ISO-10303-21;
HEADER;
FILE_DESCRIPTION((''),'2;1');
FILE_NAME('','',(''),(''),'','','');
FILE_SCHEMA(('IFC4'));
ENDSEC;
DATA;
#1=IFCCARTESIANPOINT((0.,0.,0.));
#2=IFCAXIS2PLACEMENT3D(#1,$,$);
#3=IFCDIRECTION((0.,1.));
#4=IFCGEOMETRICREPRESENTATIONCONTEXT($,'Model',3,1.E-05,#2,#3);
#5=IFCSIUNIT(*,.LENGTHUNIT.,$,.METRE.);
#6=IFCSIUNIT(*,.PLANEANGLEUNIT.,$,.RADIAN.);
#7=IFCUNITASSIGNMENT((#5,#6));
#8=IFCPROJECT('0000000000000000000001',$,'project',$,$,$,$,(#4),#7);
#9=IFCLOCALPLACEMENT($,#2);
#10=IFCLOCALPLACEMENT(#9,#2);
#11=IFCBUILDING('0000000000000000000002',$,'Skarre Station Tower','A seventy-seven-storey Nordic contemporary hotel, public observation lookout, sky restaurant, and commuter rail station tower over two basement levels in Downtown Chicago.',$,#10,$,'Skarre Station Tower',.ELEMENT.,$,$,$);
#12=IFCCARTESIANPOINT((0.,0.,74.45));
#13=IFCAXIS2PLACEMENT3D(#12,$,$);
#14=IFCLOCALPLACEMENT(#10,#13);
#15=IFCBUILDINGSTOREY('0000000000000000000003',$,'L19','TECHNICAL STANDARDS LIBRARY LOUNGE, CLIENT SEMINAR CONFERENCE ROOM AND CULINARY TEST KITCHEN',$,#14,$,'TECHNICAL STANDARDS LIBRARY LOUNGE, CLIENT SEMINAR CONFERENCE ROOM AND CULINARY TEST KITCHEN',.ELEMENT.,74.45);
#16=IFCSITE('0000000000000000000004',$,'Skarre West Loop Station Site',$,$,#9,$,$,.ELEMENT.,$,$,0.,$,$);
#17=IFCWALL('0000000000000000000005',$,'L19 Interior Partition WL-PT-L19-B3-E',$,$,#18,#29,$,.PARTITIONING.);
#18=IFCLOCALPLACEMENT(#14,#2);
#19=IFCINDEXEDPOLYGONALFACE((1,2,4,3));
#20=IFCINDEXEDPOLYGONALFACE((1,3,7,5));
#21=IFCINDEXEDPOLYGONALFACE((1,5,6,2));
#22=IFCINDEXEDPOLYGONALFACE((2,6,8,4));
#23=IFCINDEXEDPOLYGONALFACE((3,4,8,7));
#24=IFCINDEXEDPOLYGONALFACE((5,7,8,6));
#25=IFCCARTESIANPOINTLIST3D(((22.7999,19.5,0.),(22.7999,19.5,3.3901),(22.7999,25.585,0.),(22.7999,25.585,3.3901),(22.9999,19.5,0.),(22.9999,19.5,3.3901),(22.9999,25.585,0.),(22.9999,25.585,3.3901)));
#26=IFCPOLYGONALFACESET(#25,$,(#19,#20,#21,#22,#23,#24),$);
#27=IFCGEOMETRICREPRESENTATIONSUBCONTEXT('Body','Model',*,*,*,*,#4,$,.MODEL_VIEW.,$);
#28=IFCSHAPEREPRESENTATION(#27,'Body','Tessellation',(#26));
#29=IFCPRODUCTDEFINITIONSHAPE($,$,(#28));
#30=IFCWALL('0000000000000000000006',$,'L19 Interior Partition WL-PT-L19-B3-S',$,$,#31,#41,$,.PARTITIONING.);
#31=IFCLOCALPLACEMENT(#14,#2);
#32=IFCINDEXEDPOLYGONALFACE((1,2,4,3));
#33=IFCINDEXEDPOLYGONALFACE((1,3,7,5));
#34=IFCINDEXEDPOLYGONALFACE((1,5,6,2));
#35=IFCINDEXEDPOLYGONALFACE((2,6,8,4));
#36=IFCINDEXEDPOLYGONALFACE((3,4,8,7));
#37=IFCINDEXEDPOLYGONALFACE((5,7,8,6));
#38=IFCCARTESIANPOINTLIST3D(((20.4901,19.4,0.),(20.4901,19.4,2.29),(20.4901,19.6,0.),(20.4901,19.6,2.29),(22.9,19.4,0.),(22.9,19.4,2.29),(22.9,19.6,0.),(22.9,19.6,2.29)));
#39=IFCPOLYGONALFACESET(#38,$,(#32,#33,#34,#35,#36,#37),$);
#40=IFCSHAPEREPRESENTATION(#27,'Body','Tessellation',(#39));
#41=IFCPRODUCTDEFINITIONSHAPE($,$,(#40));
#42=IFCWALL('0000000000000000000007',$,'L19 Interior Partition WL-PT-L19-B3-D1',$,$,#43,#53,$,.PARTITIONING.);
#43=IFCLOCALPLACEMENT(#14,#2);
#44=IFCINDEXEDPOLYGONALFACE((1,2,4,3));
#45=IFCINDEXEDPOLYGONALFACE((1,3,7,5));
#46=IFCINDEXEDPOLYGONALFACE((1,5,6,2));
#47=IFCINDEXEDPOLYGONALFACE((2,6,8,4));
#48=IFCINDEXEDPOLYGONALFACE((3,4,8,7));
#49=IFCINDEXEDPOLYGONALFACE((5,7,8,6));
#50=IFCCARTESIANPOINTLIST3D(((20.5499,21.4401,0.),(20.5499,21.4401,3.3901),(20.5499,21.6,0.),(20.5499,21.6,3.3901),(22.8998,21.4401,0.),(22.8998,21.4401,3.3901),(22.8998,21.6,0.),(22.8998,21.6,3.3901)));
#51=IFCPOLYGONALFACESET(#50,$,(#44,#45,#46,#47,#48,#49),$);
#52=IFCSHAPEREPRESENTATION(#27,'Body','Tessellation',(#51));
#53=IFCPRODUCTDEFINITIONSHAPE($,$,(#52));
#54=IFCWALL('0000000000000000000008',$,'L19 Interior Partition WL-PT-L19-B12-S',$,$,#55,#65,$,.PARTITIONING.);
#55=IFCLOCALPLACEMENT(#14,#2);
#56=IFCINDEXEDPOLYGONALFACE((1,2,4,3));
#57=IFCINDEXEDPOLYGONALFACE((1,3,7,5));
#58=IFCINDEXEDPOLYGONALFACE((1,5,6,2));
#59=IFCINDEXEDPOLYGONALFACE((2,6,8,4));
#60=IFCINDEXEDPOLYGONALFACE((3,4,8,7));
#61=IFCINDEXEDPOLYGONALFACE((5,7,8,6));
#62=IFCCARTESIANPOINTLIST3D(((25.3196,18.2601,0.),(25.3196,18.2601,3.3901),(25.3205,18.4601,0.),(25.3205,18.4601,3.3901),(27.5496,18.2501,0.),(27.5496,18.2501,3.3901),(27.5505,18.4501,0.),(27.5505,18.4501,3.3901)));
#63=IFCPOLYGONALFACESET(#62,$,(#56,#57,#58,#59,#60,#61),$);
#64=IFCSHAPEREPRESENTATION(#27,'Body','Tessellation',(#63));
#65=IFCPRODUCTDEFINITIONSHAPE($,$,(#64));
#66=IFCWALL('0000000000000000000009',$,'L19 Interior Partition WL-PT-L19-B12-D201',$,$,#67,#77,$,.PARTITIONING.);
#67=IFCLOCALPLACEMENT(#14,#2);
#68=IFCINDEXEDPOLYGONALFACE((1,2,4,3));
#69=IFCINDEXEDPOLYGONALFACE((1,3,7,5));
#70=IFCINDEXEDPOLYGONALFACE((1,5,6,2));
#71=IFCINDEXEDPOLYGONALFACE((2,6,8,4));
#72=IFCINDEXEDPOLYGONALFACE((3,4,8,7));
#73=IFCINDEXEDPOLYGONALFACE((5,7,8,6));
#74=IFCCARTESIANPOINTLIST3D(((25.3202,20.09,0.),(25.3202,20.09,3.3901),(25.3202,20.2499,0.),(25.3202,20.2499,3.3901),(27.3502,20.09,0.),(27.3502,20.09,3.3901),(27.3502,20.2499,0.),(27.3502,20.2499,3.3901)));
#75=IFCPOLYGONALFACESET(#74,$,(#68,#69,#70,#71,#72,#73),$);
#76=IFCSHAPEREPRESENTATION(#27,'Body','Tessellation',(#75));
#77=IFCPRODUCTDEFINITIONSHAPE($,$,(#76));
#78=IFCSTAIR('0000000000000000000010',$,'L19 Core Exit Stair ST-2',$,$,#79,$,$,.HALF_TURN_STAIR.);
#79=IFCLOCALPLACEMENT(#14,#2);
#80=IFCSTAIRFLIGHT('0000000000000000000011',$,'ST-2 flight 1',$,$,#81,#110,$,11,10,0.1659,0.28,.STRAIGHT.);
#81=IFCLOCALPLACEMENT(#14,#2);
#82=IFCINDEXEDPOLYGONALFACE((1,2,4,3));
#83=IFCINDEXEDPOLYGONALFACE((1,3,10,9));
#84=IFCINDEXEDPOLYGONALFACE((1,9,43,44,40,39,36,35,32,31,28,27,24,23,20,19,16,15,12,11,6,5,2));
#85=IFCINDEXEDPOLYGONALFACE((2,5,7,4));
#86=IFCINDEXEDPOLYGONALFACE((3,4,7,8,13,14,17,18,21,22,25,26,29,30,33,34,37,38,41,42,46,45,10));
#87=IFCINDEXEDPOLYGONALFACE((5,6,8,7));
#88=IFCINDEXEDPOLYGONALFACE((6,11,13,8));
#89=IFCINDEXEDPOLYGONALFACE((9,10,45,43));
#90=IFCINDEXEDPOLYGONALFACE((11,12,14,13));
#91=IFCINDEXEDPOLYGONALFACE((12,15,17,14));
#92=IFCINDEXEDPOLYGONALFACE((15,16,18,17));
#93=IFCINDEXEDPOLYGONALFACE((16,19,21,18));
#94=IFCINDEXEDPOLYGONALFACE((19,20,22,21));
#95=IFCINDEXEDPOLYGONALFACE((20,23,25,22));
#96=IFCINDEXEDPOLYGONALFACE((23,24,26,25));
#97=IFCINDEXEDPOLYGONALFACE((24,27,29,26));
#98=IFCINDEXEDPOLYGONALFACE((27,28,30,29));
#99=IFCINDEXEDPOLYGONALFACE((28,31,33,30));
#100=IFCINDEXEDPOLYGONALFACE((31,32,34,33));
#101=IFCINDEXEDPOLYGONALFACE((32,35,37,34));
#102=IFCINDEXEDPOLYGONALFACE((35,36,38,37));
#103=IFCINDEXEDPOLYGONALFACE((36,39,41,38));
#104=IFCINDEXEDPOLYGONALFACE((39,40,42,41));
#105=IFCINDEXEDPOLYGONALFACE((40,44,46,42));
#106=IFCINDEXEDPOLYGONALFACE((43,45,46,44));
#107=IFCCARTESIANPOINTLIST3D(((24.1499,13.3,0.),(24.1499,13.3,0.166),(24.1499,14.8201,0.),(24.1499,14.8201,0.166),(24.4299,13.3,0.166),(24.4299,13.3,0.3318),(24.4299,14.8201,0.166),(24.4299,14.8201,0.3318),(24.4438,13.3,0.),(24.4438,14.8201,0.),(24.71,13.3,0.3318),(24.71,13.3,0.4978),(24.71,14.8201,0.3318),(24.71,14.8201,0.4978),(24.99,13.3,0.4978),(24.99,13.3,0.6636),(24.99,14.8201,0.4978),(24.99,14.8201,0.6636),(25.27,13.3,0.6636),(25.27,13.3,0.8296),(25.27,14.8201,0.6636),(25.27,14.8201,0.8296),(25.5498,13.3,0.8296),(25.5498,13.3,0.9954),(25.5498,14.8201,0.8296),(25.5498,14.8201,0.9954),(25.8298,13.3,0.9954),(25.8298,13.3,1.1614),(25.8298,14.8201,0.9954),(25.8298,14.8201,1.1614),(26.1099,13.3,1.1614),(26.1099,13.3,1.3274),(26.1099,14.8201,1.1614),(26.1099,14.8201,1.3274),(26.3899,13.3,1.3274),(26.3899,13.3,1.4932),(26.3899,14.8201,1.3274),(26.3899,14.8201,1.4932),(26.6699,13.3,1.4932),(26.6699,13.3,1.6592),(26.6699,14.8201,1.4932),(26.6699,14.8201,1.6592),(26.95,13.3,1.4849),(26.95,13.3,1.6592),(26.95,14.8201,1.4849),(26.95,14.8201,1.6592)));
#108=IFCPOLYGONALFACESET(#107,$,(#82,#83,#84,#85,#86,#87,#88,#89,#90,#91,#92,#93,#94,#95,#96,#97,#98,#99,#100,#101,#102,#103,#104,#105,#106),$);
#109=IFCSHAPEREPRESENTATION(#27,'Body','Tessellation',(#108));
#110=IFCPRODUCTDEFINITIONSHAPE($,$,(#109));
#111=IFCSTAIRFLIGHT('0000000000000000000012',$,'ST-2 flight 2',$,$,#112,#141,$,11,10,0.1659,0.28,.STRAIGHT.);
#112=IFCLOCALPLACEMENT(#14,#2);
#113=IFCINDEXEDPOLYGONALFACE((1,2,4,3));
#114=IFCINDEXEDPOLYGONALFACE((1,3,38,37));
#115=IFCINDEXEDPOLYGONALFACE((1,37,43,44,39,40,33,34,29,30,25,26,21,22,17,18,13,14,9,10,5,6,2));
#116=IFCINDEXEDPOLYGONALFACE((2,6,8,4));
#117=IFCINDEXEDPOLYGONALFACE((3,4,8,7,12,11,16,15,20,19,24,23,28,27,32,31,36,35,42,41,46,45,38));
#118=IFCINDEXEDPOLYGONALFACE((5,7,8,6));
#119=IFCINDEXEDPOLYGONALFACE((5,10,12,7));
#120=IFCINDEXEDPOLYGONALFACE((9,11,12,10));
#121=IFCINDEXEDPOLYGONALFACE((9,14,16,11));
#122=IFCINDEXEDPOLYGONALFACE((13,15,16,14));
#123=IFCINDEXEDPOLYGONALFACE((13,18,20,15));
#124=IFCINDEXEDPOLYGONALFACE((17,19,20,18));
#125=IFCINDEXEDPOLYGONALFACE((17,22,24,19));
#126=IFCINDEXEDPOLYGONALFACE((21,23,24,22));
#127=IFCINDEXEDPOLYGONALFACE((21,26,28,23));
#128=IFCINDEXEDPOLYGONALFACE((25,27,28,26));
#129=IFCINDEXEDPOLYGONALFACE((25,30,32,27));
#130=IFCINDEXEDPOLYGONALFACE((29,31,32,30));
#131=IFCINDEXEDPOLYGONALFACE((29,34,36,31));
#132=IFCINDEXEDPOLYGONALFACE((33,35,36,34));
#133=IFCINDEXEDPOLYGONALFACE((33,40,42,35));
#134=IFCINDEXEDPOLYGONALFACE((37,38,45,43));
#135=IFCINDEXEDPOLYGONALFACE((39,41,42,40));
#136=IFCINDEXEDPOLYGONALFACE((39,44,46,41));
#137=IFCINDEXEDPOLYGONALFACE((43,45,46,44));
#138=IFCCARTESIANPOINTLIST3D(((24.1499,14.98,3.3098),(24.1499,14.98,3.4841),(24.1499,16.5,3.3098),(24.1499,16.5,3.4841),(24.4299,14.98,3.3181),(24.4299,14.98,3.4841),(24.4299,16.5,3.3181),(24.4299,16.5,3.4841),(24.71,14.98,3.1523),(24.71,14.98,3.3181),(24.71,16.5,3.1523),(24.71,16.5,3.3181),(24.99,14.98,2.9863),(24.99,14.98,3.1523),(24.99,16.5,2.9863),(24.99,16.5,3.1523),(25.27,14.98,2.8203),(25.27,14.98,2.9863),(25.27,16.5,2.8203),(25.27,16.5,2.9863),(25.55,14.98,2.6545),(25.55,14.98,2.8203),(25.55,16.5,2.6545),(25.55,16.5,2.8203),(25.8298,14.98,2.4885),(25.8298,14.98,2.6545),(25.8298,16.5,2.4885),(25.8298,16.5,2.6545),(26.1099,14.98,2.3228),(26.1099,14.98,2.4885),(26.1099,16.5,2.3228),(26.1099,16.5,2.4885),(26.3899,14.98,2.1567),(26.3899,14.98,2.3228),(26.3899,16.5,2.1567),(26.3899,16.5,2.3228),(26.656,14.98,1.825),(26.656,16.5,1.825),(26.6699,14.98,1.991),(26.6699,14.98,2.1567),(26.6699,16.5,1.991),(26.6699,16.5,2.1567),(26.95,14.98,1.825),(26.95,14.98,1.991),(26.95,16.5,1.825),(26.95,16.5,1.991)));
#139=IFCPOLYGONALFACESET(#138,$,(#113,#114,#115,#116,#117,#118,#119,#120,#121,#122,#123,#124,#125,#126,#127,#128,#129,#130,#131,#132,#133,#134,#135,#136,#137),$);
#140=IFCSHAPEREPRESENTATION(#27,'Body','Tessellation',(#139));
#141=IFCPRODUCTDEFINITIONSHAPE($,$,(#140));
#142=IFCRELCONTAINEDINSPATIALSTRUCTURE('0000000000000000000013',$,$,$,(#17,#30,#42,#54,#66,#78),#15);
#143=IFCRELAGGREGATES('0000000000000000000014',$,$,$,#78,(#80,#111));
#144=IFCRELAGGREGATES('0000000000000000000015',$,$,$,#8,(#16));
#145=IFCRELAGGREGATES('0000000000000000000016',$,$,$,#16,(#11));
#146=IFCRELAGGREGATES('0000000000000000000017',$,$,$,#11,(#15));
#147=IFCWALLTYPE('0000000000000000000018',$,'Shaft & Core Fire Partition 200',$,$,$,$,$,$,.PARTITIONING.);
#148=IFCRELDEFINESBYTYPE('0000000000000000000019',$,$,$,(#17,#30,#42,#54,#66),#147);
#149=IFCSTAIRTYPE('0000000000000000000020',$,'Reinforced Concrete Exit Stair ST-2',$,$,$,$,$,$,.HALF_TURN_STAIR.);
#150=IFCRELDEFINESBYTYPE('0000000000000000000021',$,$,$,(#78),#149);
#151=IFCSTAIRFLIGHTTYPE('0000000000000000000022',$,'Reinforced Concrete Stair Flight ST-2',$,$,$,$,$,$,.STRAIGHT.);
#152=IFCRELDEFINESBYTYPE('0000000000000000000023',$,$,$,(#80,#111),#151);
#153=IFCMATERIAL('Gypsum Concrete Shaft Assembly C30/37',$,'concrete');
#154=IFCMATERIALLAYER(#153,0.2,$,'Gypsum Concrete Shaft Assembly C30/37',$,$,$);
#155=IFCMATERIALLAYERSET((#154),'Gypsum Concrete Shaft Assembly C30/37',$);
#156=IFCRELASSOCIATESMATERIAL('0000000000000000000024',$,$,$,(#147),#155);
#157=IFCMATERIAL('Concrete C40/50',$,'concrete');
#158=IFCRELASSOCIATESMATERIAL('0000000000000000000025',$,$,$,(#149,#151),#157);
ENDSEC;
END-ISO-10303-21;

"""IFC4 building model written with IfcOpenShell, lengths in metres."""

from ifc_helpers import new_model, si_unit, direction, frame, frame_2d, origin, place, context, subcontext, project, spatial, polyline, rectangle, outline, extrude, material, layer, layer_set, type_object, element, aggregate, save


model = new_model("IFC4")

# Units and contexts
model_context = context("Model", 3, precision=1e-05, world=origin(), true_north=direction((0.0, 1.0)))
body_context = subcontext(model_context, "Body", "Model", "MODEL_VIEW")
ifc_project = project(units=[si_unit("LENGTHUNIT", "METRE"), si_unit("PLANEANGLEUNIT", "RADIAN")], contexts=[model_context])

# Site, building, storey
site_placement = place(None, origin())
site = spatial("IfcSite", under=ifc_project, at=site_placement, Name="Skarre West Loop Station Site", CompositionType="ELEMENT", RefElevation=0.0)
building_placement = place(site_placement, origin())
building = spatial("IfcBuilding", under=site, at=building_placement, Name="Skarre Station Tower", Description="A seventy-seven-storey Nordic contemporary hotel, public observation lookout, sky restaurant, and commuter rail station tower over two basement levels in Downtown Chicago.", LongName="Skarre Station Tower", CompositionType="ELEMENT")
storey_placement = place(building_placement, frame((0.0, 0.0, 74.45)))
storey = spatial("IfcBuildingStorey", under=building, at=storey_placement, Name="L19", Description="TECHNICAL STANDARDS LIBRARY LOUNGE, CLIENT SEMINAR CONFERENCE ROOM AND CULINARY TEST KITCHEN", LongName="TECHNICAL STANDARDS LIBRARY LOUNGE, CLIENT SEMINAR CONFERENCE ROOM AND CULINARY TEST KITCHEN", CompositionType="ELEMENT", Elevation=74.45)

# Walls
ifc_material_1 = material(Name="Gypsum Concrete Shaft Assembly C30/37", Category="concrete")
ifc_layer_1 = layer(ifc_material_1, 0.2, Name="Gypsum Concrete Shaft Assembly C30/37")
ifc_layer_set_1 = layer_set([ifc_layer_1], Name="Gypsum Concrete Shaft Assembly C30/37")
wall_type_1 = type_object("IfcWallType", Name="Shaft & Core Fire Partition 200", PredefinedType="PARTITIONING", material=ifc_layer_set_1)
wall_1_placement = place(storey_placement, frame((22.8999, 19.5, 0.0), z_axis=(0.0, 0.0, 1.0), x_axis=(0.0, 1.0, 0.0)))
element("IfcWall", 1, at=wall_1_placement, inside=storey, type_object=wall_type_1, Name="L19 Interior Partition WL-PT-L19-B3-E", PredefinedType="PARTITIONING", context=body_context, shape_type="SweptSolid", body=[
    extrude(rectangle(XDim=6.085, YDim=0.2, at=frame_2d((3.0425, 0.0))), origin(), (0.0, 0.0, 1.0), 3.3901),
])
wall_2_placement = place(storey_placement, frame((20.49, 19.5, 0.0), z_axis=(0.0, 0.0, 1.0), x_axis=(1.0, 0.0, 0.0)))
element("IfcWall", 2, at=wall_2_placement, inside=storey, type_object=wall_type_1, Name="L19 Interior Partition WL-PT-L19-B3-S", PredefinedType="PARTITIONING", context=body_context, shape_type="SweptSolid", body=[
    extrude(rectangle(XDim=2.4099, YDim=0.2, at=frame_2d((1.2051, 0.0))), origin(), (0.0, 0.0, 1.0), 2.29),
])
wall_3_placement = place(storey_placement, frame((20.55, 21.52, 0.0), z_axis=(0.0, 0.0, 1.0), x_axis=(1.0, 0.0, 0.0)))
element("IfcWall", 3, at=wall_3_placement, inside=storey, type_object=wall_type_1, Name="L19 Interior Partition WL-PT-L19-B3-D1", PredefinedType="PARTITIONING", context=body_context, shape_type="SweptSolid", body=[
    extrude(rectangle(XDim=2.3499, YDim=0.1599, at=frame_2d((1.1748, 0.0))), origin(), (0.0, 0.0, 1.0), 3.3901),
])
wall_4_placement = place(storey_placement, frame((25.3201, 18.3601, 0.0), z_axis=(0.0, 0.0, 1.0), x_axis=(0.99999, -0.004489, 0.0)))
element("IfcWall", 4, at=wall_4_placement, inside=storey, type_object=wall_type_1, Name="L19 Interior Partition WL-PT-L19-B12-S", PredefinedType="PARTITIONING", context=body_context, shape_type="SweptSolid", body=[
    extrude(rectangle(XDim=2.23, YDim=0.2, at=frame_2d((1.115, 0.0))), origin(), (0.0, 0.0, 1.0), 3.3901),
])
wall_5_placement = place(storey_placement, frame((25.3201, 20.1699, 0.0), z_axis=(0.0, 0.0, 1.0), x_axis=(1.0, 0.0, 0.0)))
element("IfcWall", 5, at=wall_5_placement, inside=storey, type_object=wall_type_1, Name="L19 Interior Partition WL-PT-L19-B12-D201", PredefinedType="PARTITIONING", context=body_context, shape_type="SweptSolid", body=[
    extrude(rectangle(XDim=2.03, YDim=0.1599, at=frame_2d((1.0151, 0.0))), origin(), (0.0, 0.0, 1.0), 3.3901),
])

# Stair, stair flights
ifc_material_2 = material(Name="Concrete C40/50", Category="concrete")
stair_type = type_object("IfcStairType", Name="Reinforced Concrete Exit Stair ST-2", PredefinedType="HALF_TURN_STAIR", material=ifc_material_2)
stair_placement = place(storey_placement, origin())
stair = element("IfcStair", 6, at=stair_placement, inside=storey, type_object=stair_type, Name="L19 Core Exit Stair ST-2", PredefinedType="HALF_TURN_STAIR")
stair_flight_type = type_object("IfcStairFlightType", Name="Reinforced Concrete Stair Flight ST-2", PredefinedType="STRAIGHT", material=ifc_material_2)
stair_flight_1_placement = place(storey_placement, frame((24.1499, 14.0601, 0.0), z_axis=(0.0, 0.0, 1.0), x_axis=(1.0, 0.0, 0.0)))
stair_flight_1 = element("IfcStairFlight", 7, at=stair_flight_1_placement, type_object=stair_flight_type, Name="ST-2 flight 1", NumberOfRisers=11, NumberOfTreads=10, PredefinedType="STRAIGHT", RiserHeight=0.1659, TreadLength=0.28, context=body_context, shape_type="SweptSolid", body=[
    extrude(outline(polyline([(0.0, 0.0), (0.0, 0.166), (0.28, 0.166), (0.28, 0.3318), (0.5601, 0.3318), (0.5601, 0.4978), (0.8401, 0.4978), (0.8401, 0.6636), (1.1201, 0.6636), (1.1201, 0.8296), (1.3999, 0.8296), (1.3999, 0.9954), (1.6799, 0.9954), (1.6799, 1.1614), (1.96, 1.1614), (1.96, 1.3274), (2.24, 1.3274), (2.24, 1.4932), (2.52, 1.4932), (2.52, 1.6592), (2.8, 1.6592), (2.8, 1.825), (2.8, 1.4849), (0.2939, 0.0), (0.0, 0.0)])), frame((0.0, 0.76, 0.0), z_axis=(0.0, -1.0, 0.0), x_axis=(1.0, 0.0, 0.0)), (0.0, 0.0, 1.0), 1.52),
])
stair_flight_2_placement = place(storey_placement, frame((26.95, 15.74, 1.825), z_axis=(0.0, 0.0, 1.0), x_axis=(-1.0, 0.0, 0.0)))
stair_flight_2 = element("IfcStairFlight", 8, at=stair_flight_2_placement, type_object=stair_flight_type, Name="ST-2 flight 2", NumberOfRisers=11, NumberOfTreads=10, PredefinedType="STRAIGHT", RiserHeight=0.1659, TreadLength=0.28, context=body_context, shape_type="SweptSolid", body=[
    extrude(outline(polyline([(0.0, 0.0), (0.0, 0.166), (0.28, 0.166), (0.28, 0.3318), (0.5601, 0.3318), (0.5601, 0.4978), (0.8401, 0.4978), (0.8401, 0.6636), (1.1201, 0.6636), (1.1201, 0.8296), (1.3999, 0.8296), (1.3999, 0.9954), (1.6799, 0.9954), (1.6799, 1.1614), (1.96, 1.1614), (1.96, 1.3274), (2.24, 1.3274), (2.24, 1.4932), (2.52, 1.4932), (2.52, 1.6592), (2.8, 1.6592), (2.8, 1.825), (2.8, 1.4849), (0.2939, 0.0), (0.0, 0.0)])), frame((0.0, 0.76, 0.0), z_axis=(0.0, -1.0, 0.0), x_axis=(1.0, 0.0, 0.0)), (0.0, 0.0, 1.0), 1.52),
])
aggregate(stair, [stair_flight_1, stair_flight_2])

save(model, "model.ifc")
